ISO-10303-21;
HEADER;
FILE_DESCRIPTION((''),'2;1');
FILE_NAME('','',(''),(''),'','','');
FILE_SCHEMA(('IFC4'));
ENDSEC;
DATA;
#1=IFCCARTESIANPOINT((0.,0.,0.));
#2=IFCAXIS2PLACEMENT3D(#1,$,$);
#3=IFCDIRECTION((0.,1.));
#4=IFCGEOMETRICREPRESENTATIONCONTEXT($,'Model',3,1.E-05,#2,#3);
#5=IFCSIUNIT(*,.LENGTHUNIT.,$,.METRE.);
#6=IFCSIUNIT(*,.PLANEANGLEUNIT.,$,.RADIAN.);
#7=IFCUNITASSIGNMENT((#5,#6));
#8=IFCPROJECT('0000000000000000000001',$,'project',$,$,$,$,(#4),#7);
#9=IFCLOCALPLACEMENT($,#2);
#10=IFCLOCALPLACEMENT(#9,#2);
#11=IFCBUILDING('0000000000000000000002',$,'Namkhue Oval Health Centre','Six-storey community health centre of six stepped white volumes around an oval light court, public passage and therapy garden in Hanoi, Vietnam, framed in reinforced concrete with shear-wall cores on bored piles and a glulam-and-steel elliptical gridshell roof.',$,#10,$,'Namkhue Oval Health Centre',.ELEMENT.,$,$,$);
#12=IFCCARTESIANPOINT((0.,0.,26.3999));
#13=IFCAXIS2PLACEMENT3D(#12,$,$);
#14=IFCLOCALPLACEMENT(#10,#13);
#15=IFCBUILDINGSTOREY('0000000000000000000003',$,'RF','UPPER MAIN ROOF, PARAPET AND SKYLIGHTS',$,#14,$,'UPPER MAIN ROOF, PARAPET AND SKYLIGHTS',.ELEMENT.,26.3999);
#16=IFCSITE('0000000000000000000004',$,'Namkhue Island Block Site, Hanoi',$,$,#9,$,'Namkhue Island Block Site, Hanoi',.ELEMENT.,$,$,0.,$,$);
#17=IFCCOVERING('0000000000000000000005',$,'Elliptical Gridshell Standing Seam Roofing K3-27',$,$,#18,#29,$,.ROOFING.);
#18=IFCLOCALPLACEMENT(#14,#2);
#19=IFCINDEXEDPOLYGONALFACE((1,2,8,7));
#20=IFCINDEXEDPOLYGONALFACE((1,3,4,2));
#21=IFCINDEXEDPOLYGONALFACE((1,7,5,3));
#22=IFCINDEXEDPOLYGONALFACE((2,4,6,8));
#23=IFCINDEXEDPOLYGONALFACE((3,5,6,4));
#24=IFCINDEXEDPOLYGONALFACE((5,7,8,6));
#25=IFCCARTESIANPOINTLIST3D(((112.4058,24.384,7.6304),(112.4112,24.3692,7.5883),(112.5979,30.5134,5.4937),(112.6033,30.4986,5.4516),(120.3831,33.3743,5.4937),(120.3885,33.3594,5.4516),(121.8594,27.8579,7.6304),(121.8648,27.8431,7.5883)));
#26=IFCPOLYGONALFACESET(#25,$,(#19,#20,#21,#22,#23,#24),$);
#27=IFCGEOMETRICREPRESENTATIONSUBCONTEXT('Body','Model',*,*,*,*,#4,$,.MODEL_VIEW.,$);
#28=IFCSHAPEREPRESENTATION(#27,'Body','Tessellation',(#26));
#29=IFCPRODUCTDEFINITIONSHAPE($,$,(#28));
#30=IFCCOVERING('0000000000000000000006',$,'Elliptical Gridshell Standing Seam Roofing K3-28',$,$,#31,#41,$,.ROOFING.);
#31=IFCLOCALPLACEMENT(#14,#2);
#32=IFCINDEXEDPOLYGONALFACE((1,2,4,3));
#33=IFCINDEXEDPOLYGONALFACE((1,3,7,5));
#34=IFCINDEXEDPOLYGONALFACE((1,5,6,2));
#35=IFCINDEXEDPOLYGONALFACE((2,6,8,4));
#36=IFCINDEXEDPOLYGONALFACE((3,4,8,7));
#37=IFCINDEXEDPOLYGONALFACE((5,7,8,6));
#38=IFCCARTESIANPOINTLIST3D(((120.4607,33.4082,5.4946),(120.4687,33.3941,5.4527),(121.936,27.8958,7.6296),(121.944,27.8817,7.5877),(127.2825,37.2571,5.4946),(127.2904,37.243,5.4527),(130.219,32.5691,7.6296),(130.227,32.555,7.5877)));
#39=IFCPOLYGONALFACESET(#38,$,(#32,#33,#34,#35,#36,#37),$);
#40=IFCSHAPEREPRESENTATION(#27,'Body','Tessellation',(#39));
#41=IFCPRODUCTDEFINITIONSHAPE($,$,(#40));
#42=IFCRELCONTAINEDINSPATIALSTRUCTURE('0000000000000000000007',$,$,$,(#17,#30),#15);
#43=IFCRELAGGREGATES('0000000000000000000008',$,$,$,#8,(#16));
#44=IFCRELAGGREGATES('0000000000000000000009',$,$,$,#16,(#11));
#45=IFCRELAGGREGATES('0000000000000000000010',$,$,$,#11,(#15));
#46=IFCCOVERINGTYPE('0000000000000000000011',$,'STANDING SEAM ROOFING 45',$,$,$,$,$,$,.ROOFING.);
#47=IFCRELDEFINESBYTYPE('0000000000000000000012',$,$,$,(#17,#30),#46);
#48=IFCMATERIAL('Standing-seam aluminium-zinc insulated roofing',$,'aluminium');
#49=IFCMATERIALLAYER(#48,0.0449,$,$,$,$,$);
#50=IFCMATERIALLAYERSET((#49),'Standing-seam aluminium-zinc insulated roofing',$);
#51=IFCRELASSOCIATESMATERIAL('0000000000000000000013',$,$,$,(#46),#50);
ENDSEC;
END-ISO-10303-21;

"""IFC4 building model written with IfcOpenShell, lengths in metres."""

from ifc_helpers import new_model, si_unit, direction, frame, origin, place, context, subcontext, project, spatial, polyline, outline, extrude, material, layer, layer_set, type_object, element, save


model = new_model("IFC4")

# Units and contexts
model_context = context("Model", 3, precision=1e-05, world=origin(), true_north=direction((0.0, 1.0)))
body_context = subcontext(model_context, "Body", "Model", "MODEL_VIEW")
ifc_project = project(units=[si_unit("LENGTHUNIT", "METRE"), si_unit("PLANEANGLEUNIT", "RADIAN")], contexts=[model_context])

# Site, building, storey
site_placement = place(None, origin())
site = spatial("IfcSite", under=ifc_project, at=site_placement, Name="Namkhue Island Block Site, Hanoi", LongName="Namkhue Island Block Site, Hanoi", CompositionType="ELEMENT", RefElevation=0.0)
building_placement = place(site_placement, origin())
building = spatial("IfcBuilding", under=site, at=building_placement, Name="Namkhue Oval Health Centre", Description="Six-storey community health centre of six stepped white volumes around an oval light court, public passage and therapy garden in Hanoi, Vietnam, framed in reinforced concrete with shear-wall cores on bored piles and a glulam-and-steel elliptical gridshell roof.", LongName="Namkhue Oval Health Centre", CompositionType="ELEMENT")
storey_placement = place(building_placement, frame((0.0, 0.0, 26.3999)))
storey = spatial("IfcBuildingStorey", under=building, at=storey_placement, Name="RF", Description="UPPER MAIN ROOF, PARAPET AND SKYLIGHTS", LongName="UPPER MAIN ROOF, PARAPET AND SKYLIGHTS", CompositionType="ELEMENT", Elevation=26.3999)

# Coverings
ifc_material_1 = material(Name="Standing-seam aluminium-zinc insulated roofing", Category="aluminium")
ifc_layer_1 = layer(ifc_material_1, 0.0449)
ifc_layer_set_1 = layer_set([ifc_layer_1], Name="Standing-seam aluminium-zinc insulated roofing")
covering_type_1 = type_object("IfcCoveringType", Name="STANDING SEAM ROOFING 45", PredefinedType="ROOFING", material=ifc_layer_set_1)
covering_1_placement = place(storey_placement, frame((112.4058, 24.384, 7.6304), z_axis=(-0.121313, 0.33013, 0.936108), x_axis=(0.938634, 0.344916, 0.000001)))
element("IfcCovering", 1, at=covering_1_placement, inside=storey, type_object=covering_type_1, Name="Elliptical Gridshell Standing Seam Roofing K3-27", PredefinedType="ROOFING", context=body_context, shape_type="SweptSolid", body=[
    extrude(outline(polyline([(0.0, 0.0), (10.0717, 0.0), (10.5886, 6.0752), (2.2945, 6.0751), (0.0, 0.0)])), origin(), (0.0, 0.0, -1.0), 0.0449),
])
covering_2_placement = place(storey_placement, frame((121.936, 27.8958, 7.6296), z_axis=(-0.177096, 0.313883, 0.932799), x_axis=(0.870938, 0.491393, -0.000001)))
element("IfcCovering", 2, at=covering_2_placement, inside=storey, type_object=covering_type_1, Name="Elliptical Gridshell Standing Seam Roofing K3-28", PredefinedType="ROOFING", context=body_context, shape_type="SweptSolid", body=[
    extrude(outline(polyline([(0.0, 0.0), (9.5104, 0.0), (9.2565, 5.924), (1.4238, 5.9241), (0.0, 0.0)])), origin(), (0.0, 0.0, -1.0), 0.0449),
])

save(model, "model.ifc")
